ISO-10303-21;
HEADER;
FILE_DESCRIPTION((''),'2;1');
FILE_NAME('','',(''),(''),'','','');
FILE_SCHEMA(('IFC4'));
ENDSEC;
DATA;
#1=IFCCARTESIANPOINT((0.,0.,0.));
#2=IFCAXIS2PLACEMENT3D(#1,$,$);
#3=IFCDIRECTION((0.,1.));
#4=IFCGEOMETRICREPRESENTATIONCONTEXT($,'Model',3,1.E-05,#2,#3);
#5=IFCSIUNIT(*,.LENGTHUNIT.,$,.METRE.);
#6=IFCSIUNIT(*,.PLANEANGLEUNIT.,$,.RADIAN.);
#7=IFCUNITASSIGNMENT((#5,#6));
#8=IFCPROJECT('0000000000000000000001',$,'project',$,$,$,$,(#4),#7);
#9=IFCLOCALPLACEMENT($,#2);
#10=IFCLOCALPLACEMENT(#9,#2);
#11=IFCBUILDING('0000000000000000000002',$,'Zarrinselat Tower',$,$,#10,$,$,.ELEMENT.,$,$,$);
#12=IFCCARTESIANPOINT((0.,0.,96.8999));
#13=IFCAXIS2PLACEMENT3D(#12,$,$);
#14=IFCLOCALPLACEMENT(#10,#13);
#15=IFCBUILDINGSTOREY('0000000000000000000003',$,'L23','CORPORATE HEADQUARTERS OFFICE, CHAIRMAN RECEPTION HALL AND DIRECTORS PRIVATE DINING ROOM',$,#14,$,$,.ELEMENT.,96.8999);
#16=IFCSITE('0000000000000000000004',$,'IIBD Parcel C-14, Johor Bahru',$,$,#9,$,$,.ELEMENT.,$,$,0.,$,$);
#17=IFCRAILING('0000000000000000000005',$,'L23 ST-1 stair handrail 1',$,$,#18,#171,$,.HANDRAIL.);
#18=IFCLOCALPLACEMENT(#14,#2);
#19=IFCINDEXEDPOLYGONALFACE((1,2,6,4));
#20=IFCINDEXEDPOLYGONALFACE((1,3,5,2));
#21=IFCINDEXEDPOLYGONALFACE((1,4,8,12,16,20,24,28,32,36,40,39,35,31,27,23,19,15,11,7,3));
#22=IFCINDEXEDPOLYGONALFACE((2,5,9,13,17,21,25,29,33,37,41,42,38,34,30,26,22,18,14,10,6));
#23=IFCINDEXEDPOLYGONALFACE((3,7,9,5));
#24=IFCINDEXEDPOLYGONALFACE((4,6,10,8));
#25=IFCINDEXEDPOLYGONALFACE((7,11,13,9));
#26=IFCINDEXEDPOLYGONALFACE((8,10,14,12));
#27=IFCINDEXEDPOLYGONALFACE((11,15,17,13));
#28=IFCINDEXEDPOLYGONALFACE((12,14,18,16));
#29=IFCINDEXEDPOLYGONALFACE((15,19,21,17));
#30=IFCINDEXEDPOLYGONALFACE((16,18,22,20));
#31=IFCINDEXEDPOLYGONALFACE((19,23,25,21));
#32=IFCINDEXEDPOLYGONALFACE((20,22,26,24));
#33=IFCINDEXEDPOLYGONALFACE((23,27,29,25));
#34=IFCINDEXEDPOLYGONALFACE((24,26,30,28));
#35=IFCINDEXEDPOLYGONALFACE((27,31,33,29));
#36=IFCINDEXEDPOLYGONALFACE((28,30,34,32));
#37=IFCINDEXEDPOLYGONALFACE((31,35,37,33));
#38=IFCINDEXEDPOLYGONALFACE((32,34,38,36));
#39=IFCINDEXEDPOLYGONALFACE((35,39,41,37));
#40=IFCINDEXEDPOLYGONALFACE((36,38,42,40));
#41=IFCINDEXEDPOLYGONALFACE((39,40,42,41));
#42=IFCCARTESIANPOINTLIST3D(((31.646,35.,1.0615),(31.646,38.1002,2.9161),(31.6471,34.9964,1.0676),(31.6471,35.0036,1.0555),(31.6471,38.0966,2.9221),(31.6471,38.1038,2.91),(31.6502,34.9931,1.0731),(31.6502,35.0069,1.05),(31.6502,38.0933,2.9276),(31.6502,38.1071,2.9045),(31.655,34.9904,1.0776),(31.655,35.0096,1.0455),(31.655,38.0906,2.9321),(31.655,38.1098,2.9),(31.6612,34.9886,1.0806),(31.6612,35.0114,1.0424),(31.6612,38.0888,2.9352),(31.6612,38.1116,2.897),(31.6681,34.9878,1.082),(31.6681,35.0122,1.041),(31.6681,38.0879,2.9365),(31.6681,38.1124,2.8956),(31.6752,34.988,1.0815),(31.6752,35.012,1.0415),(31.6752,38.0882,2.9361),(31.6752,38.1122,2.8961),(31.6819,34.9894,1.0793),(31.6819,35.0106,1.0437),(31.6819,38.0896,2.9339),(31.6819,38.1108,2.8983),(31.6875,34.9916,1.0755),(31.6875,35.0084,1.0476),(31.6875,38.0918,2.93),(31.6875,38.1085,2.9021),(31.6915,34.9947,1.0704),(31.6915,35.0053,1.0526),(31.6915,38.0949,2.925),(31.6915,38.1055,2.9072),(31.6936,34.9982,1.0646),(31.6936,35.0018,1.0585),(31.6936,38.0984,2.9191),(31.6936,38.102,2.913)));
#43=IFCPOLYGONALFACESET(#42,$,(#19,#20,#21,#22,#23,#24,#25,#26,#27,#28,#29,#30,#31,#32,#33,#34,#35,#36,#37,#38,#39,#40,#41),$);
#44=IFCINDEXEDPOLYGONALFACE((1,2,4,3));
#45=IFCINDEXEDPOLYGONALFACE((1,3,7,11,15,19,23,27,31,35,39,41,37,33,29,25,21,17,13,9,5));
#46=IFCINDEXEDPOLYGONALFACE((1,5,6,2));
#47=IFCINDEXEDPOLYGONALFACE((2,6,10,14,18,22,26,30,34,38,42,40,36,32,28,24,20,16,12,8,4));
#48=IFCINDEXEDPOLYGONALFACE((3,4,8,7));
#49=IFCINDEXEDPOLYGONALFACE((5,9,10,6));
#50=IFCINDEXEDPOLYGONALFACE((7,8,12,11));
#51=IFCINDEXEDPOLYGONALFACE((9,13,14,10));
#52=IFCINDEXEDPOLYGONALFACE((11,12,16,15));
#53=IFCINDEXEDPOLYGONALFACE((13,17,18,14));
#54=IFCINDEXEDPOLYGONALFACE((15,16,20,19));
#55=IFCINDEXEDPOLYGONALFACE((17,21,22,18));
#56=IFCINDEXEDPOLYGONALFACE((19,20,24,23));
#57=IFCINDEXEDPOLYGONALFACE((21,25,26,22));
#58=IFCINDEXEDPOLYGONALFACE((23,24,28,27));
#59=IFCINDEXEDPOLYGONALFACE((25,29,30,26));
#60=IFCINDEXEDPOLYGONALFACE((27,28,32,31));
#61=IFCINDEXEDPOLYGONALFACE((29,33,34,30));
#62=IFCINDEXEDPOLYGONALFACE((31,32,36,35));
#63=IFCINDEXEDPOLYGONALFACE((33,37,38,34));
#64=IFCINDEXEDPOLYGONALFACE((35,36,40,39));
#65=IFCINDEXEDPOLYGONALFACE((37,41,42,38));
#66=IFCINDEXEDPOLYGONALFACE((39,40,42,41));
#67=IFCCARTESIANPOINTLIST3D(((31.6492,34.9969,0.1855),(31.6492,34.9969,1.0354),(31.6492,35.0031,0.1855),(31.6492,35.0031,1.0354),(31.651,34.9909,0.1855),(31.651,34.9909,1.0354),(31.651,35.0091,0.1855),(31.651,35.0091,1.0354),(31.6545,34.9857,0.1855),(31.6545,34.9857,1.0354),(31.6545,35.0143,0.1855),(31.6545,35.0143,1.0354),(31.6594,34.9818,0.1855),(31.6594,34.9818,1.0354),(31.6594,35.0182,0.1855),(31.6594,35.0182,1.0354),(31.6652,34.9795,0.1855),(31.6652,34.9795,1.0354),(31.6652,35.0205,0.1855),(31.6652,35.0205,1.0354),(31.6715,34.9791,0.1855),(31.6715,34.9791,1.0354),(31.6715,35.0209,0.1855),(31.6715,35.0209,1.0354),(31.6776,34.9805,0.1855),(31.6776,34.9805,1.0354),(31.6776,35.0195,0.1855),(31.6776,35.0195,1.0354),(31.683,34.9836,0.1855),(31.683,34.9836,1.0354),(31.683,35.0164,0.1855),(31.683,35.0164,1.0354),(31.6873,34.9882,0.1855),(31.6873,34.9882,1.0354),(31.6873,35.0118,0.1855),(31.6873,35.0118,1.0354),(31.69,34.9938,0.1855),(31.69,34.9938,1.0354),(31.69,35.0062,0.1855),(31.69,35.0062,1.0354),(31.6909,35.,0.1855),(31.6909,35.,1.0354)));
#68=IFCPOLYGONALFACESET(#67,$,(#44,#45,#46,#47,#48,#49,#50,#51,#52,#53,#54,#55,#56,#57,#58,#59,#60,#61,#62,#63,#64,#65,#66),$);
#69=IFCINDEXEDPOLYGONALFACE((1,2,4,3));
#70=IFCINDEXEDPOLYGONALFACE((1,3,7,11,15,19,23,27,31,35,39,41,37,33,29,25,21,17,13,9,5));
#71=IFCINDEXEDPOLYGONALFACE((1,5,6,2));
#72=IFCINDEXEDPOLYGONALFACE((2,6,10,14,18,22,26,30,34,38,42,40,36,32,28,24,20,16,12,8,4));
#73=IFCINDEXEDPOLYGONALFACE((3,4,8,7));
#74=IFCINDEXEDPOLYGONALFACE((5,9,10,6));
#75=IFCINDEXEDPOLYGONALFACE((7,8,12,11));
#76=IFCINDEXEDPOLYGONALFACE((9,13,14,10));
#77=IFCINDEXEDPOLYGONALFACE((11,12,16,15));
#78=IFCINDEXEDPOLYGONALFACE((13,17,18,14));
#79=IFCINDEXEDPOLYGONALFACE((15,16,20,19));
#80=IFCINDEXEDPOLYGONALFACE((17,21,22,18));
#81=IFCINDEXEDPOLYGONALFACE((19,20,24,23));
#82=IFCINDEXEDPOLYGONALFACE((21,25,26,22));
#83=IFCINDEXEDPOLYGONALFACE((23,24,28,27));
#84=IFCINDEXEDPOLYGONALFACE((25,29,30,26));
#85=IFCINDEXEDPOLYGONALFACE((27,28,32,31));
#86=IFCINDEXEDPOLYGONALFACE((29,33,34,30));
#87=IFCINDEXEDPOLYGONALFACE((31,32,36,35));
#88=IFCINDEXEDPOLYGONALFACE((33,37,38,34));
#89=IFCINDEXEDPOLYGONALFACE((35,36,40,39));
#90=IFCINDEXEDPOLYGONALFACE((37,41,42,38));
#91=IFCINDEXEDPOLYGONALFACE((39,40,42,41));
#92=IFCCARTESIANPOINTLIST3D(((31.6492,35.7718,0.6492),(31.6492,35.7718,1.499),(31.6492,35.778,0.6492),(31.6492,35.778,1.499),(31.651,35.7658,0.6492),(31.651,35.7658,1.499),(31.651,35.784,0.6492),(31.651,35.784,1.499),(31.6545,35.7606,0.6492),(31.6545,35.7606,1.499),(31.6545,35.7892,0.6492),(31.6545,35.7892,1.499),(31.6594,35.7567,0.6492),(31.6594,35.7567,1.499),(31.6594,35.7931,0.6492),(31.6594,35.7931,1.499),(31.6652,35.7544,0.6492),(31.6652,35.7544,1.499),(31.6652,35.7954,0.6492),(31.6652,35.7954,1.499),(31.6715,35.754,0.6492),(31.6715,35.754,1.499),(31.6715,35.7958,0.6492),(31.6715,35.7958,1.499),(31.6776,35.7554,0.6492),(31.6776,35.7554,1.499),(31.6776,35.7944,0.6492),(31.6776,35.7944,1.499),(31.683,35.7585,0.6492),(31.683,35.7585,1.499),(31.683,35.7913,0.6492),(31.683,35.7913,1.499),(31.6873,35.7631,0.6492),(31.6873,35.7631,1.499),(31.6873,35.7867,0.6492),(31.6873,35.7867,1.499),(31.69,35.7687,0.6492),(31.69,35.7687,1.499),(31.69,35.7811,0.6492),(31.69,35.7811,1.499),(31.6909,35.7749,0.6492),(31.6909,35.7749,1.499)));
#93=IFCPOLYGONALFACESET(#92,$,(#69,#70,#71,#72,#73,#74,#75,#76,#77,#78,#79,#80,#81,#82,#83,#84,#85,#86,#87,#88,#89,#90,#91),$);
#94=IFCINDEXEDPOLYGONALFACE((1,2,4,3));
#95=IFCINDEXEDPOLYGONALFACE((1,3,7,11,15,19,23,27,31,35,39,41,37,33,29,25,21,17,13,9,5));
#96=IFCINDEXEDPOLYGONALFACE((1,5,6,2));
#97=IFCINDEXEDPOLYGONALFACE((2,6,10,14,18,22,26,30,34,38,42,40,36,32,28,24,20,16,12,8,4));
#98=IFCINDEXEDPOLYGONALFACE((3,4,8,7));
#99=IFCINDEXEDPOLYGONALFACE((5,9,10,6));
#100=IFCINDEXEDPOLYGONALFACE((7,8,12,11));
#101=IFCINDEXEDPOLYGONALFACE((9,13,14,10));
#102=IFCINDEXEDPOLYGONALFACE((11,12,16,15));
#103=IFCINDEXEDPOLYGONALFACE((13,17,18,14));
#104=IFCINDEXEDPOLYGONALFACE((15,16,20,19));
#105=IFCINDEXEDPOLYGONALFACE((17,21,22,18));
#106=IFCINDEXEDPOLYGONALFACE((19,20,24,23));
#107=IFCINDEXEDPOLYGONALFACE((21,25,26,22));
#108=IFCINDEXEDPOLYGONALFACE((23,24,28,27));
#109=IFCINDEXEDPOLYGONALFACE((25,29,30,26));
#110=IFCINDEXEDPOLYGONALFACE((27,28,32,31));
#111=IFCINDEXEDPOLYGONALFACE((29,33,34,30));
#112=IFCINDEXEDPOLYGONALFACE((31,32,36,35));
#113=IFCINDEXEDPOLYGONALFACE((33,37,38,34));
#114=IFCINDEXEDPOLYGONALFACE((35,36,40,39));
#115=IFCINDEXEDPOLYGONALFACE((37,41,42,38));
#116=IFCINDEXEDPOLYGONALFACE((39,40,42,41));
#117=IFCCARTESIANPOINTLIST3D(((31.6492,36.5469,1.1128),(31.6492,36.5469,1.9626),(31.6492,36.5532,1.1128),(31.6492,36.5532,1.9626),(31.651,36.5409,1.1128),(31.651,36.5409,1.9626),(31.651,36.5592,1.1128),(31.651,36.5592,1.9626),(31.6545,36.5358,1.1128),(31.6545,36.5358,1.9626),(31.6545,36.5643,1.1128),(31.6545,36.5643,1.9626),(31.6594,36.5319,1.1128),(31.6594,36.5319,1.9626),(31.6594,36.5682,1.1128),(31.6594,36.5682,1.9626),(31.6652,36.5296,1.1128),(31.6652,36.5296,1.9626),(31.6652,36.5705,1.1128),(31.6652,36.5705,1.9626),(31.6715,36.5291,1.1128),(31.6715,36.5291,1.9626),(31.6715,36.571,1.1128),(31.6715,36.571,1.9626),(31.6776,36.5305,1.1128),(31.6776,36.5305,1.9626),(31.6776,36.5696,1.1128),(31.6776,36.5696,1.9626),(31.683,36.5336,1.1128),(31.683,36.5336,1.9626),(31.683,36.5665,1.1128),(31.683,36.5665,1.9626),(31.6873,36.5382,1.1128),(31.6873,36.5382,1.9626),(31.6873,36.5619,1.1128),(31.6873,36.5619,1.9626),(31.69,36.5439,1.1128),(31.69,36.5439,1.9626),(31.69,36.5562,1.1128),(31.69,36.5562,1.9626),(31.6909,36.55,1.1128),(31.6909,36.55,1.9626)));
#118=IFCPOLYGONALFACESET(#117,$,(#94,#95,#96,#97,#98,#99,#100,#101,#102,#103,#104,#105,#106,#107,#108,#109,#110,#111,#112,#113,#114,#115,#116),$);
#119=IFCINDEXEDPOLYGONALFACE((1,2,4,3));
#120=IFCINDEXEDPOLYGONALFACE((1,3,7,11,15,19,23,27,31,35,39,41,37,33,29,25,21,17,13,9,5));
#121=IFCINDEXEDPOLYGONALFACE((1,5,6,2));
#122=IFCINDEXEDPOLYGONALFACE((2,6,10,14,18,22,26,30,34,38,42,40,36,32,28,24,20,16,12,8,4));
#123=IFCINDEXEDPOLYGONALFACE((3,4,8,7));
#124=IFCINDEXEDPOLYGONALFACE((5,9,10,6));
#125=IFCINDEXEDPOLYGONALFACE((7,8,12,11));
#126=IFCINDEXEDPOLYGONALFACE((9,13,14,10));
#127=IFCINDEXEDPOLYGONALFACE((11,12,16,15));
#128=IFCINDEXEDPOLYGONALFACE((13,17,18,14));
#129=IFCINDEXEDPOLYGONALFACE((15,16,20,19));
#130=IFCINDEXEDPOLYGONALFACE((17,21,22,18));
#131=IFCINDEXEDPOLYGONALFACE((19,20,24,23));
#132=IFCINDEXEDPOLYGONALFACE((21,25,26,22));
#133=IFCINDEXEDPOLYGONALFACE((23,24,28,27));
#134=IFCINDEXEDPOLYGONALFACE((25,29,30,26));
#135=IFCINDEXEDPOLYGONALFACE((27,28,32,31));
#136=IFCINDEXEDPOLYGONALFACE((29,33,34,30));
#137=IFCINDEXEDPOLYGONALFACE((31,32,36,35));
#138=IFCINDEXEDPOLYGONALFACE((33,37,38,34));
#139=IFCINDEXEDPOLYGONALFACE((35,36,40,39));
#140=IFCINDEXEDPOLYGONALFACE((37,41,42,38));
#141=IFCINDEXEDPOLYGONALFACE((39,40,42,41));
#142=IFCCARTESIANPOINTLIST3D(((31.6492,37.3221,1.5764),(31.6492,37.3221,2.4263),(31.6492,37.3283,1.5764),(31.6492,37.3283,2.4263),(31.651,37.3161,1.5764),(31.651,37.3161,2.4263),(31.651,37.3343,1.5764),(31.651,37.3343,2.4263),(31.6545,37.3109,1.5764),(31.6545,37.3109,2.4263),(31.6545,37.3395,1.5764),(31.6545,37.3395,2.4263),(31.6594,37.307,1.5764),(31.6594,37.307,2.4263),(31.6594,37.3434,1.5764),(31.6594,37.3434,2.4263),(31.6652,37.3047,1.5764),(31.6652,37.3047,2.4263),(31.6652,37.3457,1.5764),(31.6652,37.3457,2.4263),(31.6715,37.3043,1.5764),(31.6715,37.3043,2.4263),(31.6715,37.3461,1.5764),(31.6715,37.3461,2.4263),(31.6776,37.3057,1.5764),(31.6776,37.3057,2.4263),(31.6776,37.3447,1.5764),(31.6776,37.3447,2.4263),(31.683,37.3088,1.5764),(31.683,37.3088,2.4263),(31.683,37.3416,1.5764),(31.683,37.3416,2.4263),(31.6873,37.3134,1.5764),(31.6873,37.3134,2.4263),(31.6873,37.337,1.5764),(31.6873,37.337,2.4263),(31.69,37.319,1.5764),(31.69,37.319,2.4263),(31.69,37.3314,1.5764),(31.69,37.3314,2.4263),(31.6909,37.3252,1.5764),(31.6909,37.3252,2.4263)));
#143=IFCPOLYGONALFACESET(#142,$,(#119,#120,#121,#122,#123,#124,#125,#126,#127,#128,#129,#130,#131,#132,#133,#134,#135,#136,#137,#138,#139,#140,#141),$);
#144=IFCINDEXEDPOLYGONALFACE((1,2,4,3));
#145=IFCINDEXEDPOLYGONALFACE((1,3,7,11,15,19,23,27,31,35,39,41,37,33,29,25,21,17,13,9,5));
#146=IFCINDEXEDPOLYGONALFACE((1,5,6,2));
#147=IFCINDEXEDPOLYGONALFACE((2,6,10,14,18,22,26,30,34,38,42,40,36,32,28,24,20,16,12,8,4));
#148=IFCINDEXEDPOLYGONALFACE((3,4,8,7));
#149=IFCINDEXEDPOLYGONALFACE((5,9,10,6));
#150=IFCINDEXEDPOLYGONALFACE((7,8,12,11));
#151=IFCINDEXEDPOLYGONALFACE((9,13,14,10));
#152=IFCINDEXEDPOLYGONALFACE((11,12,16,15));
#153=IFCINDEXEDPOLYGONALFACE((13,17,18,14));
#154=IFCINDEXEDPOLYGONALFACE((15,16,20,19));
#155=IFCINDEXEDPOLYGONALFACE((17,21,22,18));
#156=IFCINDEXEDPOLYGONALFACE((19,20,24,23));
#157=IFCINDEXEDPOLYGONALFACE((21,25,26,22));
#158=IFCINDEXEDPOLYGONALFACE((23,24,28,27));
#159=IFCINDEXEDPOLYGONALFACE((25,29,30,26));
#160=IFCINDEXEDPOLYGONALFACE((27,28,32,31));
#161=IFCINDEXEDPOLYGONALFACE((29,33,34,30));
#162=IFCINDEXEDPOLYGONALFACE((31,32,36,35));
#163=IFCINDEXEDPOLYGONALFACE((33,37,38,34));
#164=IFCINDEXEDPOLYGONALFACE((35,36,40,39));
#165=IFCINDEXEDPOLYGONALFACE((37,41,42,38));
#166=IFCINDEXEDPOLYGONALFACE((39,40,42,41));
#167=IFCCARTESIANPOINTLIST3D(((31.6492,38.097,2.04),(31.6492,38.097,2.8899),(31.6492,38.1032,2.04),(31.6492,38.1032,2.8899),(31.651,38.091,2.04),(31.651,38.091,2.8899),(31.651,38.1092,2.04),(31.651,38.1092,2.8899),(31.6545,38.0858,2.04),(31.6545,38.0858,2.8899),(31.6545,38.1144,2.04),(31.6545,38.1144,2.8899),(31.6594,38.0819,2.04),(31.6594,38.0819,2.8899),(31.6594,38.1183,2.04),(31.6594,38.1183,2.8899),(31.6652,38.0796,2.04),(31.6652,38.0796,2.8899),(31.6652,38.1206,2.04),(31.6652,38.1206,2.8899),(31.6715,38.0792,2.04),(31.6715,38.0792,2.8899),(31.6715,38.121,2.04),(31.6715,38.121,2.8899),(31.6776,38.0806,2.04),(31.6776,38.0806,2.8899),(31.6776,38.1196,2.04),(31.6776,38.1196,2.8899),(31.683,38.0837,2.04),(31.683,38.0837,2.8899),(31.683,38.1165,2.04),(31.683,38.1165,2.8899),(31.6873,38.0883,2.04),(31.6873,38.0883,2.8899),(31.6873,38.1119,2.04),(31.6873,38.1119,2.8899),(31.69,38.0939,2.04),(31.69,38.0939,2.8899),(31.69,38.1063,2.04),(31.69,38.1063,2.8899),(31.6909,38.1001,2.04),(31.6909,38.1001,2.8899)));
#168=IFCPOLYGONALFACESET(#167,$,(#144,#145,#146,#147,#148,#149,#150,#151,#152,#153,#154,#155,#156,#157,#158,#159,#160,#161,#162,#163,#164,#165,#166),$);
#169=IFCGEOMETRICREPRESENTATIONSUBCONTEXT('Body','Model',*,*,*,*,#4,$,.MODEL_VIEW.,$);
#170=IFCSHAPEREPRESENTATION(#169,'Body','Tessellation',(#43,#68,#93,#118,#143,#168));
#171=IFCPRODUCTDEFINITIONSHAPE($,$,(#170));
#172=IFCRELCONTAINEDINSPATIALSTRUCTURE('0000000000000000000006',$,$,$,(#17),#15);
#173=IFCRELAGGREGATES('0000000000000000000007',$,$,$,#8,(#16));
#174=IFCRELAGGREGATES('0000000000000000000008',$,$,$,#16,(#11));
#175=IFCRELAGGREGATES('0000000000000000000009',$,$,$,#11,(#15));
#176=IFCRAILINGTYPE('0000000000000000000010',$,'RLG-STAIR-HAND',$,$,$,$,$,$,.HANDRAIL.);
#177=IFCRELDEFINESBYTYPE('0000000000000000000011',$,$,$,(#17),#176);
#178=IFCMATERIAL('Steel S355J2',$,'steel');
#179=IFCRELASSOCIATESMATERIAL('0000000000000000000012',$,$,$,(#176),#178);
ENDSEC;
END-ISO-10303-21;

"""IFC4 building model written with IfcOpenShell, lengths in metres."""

from ifc_helpers import new_model, si_unit, direction, frame, origin, origin_2d, place, context, subcontext, project, spatial, circle, extrude, material, type_object, element, save


model = new_model("IFC4")

# Units and contexts
model_context = context("Model", 3, precision=1e-05, world=origin(), true_north=direction((0.0, 1.0)))
body_context = subcontext(model_context, "Body", "Model", "MODEL_VIEW")
ifc_project = project(units=[si_unit("LENGTHUNIT", "METRE"), si_unit("PLANEANGLEUNIT", "RADIAN")], contexts=[model_context])

# Site, building, storey
site_placement = place(None, origin())
site = spatial("IfcSite", under=ifc_project, at=site_placement, Name="IIBD Parcel C-14, Johor Bahru", CompositionType="ELEMENT", RefElevation=0.0)
building_placement = place(site_placement, origin())
building = spatial("IfcBuilding", under=site, at=building_placement, Name="Zarrinselat Tower", CompositionType="ELEMENT")
storey_placement = place(building_placement, frame((0.0, 0.0, 96.8999)))
storey = spatial("IfcBuildingStorey", under=building, at=storey_placement, Name="L23", Description="CORPORATE HEADQUARTERS OFFICE, CHAIRMAN RECEPTION HALL AND DIRECTORS PRIVATE DINING ROOM", CompositionType="ELEMENT", Elevation=96.8999)

# Railing
ifc_material_1 = material(Name="Steel S355J2", Category="steel")
railing_type_1 = type_object("IfcRailingType", Name="RLG-STAIR-HAND", PredefinedType="HANDRAIL", material=ifc_material_1)
railing_1_placement = place(storey_placement, frame((31.6699, 35.0, 0.1855)))
element("IfcRailing", 1, at=railing_1_placement, inside=storey, type_object=railing_type_1, Name="L23 ST-1 stair handrail 1", PredefinedType="HANDRAIL", context=body_context, shape_type="SweptSolid", body=[
    extrude(circle(Radius=0.0239, at=origin_2d()), frame((0.0, 0.0, 0.876), z_axis=(0.0, 0.858172, 0.513362), x_axis=(-1.0, 0.0, 0.0)), (0.0, 0.0, 1.0), 3.6125),
    extrude(circle(Radius=0.021, at=origin_2d()), origin(), (0.0, 0.0, 1.0), 0.8499),
    extrude(circle(Radius=0.021, at=origin_2d()), frame((0.0, 0.7749, 0.4636)), (0.0, 0.0, 1.0), 0.8499),
    extrude(circle(Radius=0.021, at=origin_2d()), frame((0.0, 1.55, 0.9272)), (0.0, 0.0, 1.0), 0.8499),
    extrude(circle(Radius=0.021, at=origin_2d()), frame((0.0, 2.3252, 1.3909)), (0.0, 0.0, 1.0), 0.8499),
    extrude(circle(Radius=0.021, at=origin_2d()), frame((0.0, 3.1001, 1.8545)), (0.0, 0.0, 1.0), 0.8499),
])

save(model, "model.ifc")
